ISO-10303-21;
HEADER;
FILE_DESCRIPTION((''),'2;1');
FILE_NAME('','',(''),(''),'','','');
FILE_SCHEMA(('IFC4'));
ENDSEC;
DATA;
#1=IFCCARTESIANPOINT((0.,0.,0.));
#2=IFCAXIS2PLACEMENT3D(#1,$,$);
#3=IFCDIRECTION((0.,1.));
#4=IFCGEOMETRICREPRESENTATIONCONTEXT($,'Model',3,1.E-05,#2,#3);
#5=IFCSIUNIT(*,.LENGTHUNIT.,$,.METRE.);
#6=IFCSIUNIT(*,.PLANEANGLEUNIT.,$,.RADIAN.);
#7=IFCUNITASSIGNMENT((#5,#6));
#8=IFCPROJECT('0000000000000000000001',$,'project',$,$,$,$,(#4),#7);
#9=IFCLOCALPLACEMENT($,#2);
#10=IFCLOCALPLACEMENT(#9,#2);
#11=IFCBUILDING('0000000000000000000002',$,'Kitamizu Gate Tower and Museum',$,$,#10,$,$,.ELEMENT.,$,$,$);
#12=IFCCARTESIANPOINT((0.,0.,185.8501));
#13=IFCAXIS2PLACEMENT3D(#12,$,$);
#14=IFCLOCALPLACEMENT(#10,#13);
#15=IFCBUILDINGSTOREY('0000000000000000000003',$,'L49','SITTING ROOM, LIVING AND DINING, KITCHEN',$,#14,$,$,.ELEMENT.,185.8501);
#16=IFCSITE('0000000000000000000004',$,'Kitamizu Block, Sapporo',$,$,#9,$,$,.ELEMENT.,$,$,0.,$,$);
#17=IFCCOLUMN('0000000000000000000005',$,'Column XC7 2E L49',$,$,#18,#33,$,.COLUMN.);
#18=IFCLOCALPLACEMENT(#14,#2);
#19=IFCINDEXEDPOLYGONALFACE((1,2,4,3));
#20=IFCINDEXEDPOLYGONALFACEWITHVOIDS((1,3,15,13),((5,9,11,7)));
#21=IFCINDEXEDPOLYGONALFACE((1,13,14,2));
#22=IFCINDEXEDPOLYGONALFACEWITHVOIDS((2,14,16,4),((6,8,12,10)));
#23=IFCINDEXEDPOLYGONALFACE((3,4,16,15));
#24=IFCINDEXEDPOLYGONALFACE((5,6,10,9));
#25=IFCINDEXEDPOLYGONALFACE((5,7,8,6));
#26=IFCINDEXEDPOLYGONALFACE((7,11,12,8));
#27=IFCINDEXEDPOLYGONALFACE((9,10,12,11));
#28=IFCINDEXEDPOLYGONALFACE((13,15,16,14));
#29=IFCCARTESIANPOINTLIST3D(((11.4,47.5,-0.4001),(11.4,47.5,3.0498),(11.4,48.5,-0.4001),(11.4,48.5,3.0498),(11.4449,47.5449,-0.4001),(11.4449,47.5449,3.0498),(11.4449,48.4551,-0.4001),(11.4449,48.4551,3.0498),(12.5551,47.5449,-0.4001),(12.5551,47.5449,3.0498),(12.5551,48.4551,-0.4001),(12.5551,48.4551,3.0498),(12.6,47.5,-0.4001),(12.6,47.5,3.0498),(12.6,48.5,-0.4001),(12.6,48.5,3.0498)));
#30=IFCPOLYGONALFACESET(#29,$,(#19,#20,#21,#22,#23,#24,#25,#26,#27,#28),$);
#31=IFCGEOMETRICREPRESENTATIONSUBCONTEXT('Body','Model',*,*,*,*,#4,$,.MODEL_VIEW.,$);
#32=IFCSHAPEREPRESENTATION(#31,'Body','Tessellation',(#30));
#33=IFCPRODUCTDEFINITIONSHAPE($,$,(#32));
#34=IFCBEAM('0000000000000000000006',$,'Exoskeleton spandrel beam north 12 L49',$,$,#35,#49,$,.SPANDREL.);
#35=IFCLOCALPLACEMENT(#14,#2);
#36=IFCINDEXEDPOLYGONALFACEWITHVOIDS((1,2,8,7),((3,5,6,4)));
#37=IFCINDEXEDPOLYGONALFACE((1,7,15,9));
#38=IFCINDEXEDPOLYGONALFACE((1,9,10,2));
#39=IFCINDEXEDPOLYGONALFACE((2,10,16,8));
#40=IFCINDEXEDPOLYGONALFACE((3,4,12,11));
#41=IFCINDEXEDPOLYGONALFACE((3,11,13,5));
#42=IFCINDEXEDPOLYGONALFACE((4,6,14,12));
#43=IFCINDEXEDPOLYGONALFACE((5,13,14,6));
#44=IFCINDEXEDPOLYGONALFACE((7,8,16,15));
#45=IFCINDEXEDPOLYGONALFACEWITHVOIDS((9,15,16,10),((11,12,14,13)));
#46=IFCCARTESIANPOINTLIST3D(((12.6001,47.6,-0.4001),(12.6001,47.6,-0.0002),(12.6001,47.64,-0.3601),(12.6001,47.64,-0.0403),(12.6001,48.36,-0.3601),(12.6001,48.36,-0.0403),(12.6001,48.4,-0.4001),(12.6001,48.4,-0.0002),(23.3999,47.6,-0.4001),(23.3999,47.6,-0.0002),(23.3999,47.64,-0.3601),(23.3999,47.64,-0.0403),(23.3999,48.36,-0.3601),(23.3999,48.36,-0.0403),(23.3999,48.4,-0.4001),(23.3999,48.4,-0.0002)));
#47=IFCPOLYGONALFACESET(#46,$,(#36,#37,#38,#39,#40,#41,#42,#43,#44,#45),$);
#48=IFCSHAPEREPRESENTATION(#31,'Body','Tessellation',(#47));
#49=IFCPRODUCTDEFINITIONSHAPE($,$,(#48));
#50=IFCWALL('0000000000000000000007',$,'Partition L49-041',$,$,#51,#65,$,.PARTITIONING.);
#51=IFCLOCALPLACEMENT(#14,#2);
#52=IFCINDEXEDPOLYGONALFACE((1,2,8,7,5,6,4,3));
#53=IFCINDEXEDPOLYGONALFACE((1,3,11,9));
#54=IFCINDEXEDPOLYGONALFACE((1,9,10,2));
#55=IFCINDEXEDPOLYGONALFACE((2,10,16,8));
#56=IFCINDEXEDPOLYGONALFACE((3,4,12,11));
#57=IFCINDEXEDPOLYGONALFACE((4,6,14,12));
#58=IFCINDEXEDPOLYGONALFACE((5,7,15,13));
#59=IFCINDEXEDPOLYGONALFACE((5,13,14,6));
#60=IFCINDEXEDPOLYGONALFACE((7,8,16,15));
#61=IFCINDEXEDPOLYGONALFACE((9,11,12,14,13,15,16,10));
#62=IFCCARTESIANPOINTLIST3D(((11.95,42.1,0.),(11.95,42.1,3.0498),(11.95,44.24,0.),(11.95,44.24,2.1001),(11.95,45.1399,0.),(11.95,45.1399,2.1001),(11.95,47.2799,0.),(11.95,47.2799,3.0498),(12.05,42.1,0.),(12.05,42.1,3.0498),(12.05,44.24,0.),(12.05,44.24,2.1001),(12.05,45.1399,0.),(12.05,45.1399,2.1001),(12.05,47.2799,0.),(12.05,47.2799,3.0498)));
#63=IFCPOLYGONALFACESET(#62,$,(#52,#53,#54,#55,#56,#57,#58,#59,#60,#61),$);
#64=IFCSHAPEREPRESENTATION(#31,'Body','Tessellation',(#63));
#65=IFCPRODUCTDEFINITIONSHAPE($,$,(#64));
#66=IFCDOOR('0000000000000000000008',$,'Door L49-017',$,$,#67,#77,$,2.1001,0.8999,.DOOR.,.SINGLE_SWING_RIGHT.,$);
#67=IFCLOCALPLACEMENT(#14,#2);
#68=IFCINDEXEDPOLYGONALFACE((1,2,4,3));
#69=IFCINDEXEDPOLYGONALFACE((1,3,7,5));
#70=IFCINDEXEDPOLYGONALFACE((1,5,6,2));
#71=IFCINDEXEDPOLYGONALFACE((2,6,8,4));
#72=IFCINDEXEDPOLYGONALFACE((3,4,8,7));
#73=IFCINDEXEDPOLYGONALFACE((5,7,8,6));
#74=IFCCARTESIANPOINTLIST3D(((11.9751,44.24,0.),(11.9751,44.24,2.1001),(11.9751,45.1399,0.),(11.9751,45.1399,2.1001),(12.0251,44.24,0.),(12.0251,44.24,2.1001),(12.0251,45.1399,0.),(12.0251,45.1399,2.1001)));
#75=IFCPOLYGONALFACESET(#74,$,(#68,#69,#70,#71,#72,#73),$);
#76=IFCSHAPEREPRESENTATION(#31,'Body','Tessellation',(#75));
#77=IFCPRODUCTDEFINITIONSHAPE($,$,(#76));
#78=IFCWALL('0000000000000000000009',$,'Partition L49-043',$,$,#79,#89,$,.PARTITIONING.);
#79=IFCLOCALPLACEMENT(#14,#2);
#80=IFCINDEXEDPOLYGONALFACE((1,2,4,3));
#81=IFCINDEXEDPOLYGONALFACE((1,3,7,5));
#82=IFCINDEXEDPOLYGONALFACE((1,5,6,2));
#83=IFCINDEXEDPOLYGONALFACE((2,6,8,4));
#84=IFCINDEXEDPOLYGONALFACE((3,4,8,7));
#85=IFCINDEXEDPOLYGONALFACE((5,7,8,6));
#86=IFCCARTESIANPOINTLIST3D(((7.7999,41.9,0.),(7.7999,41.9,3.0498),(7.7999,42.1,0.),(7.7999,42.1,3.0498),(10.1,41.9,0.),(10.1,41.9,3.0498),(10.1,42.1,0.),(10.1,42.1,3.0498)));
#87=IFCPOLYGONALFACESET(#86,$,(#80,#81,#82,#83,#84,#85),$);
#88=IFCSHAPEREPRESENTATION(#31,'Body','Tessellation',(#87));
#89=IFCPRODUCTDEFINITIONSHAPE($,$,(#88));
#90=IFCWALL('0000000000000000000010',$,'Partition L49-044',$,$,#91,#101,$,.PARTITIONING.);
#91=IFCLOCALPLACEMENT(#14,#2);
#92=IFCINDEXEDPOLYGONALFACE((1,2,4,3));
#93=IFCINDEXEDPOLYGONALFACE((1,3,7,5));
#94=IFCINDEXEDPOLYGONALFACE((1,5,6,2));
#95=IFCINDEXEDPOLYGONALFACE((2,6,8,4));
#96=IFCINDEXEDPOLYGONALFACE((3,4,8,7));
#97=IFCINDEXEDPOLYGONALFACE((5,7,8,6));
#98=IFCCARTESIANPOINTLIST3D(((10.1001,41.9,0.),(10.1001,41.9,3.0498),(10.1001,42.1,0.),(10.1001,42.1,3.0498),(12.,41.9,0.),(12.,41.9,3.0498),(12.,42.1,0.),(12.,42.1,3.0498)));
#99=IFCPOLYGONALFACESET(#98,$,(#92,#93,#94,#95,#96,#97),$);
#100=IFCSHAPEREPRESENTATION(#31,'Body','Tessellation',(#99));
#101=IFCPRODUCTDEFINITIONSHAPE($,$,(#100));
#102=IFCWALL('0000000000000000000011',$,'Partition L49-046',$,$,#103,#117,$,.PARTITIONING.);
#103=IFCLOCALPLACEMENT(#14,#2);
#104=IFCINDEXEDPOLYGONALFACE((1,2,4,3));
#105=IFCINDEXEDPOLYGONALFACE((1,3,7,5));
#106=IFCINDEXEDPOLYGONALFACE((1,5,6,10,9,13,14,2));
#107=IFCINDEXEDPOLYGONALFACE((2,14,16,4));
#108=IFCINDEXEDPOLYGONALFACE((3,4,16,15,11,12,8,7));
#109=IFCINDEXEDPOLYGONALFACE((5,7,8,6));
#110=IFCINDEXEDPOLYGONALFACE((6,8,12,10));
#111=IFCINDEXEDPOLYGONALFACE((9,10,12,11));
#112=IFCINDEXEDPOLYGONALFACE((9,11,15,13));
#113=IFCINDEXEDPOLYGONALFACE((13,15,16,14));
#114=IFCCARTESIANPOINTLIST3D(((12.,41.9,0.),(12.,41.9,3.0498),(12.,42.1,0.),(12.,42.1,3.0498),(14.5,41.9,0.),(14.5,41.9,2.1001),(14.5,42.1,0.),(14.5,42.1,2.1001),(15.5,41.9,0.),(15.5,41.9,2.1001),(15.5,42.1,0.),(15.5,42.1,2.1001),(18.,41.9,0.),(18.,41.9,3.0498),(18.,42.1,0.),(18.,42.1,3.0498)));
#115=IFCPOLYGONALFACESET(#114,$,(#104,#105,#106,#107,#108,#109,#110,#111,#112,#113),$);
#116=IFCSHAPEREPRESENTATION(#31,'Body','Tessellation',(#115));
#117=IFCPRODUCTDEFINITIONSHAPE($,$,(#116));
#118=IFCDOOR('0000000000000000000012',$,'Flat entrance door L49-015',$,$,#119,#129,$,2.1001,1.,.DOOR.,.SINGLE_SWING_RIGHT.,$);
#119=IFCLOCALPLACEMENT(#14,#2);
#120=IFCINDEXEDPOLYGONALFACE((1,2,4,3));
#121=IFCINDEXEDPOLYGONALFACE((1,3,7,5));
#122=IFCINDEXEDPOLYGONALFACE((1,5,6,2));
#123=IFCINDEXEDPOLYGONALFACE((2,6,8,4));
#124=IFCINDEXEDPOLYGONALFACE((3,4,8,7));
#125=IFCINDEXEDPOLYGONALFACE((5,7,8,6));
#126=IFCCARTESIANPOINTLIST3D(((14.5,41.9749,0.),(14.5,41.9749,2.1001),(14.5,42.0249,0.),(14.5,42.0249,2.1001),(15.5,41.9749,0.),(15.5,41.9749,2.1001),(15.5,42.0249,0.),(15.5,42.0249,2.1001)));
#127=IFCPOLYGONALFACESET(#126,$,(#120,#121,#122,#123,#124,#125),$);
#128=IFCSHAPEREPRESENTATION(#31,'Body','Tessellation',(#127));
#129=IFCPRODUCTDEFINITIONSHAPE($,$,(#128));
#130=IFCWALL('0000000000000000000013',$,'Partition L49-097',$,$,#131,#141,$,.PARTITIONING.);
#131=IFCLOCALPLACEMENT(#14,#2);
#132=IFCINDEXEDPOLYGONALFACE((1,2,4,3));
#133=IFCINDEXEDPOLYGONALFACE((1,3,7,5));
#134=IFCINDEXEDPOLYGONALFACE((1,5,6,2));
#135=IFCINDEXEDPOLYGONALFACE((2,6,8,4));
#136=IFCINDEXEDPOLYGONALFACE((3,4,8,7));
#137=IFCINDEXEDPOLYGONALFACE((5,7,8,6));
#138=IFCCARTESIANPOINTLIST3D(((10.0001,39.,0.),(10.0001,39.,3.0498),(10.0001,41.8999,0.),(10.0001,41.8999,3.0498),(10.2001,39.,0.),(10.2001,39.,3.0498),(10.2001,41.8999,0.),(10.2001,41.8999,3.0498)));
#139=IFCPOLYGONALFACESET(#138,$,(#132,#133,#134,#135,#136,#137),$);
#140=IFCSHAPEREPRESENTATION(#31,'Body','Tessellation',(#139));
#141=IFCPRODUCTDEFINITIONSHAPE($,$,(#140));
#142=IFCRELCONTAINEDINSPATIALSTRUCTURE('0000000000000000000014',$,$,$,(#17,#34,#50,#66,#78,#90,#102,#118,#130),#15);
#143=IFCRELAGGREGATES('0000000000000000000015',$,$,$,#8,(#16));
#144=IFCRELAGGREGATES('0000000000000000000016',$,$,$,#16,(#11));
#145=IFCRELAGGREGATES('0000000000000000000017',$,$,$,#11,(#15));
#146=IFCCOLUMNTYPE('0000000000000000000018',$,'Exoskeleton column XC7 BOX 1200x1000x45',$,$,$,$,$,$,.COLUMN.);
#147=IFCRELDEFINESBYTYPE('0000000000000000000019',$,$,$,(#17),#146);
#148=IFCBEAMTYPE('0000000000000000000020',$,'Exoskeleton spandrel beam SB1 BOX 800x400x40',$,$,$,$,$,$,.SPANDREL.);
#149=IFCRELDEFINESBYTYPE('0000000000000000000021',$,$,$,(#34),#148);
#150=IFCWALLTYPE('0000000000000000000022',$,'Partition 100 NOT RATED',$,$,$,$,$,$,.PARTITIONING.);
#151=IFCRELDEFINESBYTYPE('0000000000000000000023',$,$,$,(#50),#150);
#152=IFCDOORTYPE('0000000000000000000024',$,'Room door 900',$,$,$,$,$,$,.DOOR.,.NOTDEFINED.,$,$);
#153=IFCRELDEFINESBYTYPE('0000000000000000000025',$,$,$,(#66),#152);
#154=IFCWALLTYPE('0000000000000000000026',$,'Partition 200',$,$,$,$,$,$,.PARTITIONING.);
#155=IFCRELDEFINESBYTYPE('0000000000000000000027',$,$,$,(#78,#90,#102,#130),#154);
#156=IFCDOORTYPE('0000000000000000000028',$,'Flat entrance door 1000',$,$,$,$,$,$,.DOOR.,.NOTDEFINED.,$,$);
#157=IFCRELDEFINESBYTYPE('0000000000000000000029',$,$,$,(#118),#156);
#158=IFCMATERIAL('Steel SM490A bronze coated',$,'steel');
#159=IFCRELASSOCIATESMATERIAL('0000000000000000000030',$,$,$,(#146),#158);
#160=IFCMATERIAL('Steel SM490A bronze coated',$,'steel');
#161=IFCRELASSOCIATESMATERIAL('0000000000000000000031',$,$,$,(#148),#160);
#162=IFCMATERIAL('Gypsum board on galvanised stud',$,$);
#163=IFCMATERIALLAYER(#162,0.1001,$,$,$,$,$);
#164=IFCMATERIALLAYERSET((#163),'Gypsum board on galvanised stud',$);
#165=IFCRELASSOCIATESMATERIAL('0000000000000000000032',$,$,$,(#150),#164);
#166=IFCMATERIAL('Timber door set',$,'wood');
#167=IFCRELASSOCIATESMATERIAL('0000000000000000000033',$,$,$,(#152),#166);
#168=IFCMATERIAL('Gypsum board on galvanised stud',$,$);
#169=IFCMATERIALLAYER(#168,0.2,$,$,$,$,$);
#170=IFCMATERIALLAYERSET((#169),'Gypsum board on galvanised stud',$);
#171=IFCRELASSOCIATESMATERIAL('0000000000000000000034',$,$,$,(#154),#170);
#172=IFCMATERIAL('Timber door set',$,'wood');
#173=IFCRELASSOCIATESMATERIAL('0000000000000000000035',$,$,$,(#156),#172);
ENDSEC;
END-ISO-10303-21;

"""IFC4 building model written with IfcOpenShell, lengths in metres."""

from ifc_helpers import new_model, si_unit, direction, frame, frame_2d, origin, origin_2d, place, context, subcontext, project, spatial, rectangle, hollow_rectangle, extrude, material, layer, layer_set, material_profile, profile_set, type_object, element, fill, save


model = new_model("IFC4")

# Units and contexts
model_context = context("Model", 3, precision=1e-05, world=origin(), true_north=direction((0.0, 1.0)))
body_context = subcontext(model_context, "Body", "Model", "MODEL_VIEW")
ifc_project = project(units=[si_unit("LENGTHUNIT", "METRE"), si_unit("PLANEANGLEUNIT", "RADIAN")], contexts=[model_context])

# Site, building, storey
site_placement = place(None, origin())
site = spatial("IfcSite", under=ifc_project, at=site_placement, Name="Kitamizu Block, Sapporo", CompositionType="ELEMENT", RefElevation=0.0)
building_placement = place(site_placement, origin())
building = spatial("IfcBuilding", under=site, at=building_placement, Name="Kitamizu Gate Tower and Museum", CompositionType="ELEMENT")
storey_placement = place(building_placement, frame((0.0, 0.0, 185.8501)))
storey = spatial("IfcBuildingStorey", under=building, at=storey_placement, Name="L49", Description="SITTING ROOM, LIVING AND DINING, KITCHEN", CompositionType="ELEMENT", Elevation=185.8501)

# Column
ifc_material_1 = material(Name="Steel SM490A bronze coated", Category="steel")
ifc_material_profile_1 = material_profile(ifc_material_1, hollow_rectangle(XDim=1.2, YDim=1.0, WallThickness=0.0449, at=origin_2d()), Name="BOX 1200x1000x45")
ifc_profile_set_1 = profile_set([ifc_material_profile_1], Name="Steel SM490A bronze coated")
column_type = type_object("IfcColumnType", Name="Exoskeleton column XC7 BOX 1200x1000x45", PredefinedType="COLUMN", material=ifc_profile_set_1)
column_placement = place(storey_placement, frame((12.0, 48.0, -0.4001), z_axis=(0.0, 0.0, 1.0), x_axis=(1.0, 0.0, 0.0)))
element("IfcColumn", 1, at=column_placement, inside=storey, type_object=column_type, Name="Column XC7 2E L49", PredefinedType="COLUMN", context=body_context, shape_type="SweptSolid", body=[
    extrude(hollow_rectangle(XDim=1.2, YDim=1.0, WallThickness=0.0449, at=origin_2d()), origin(), (0.0, 0.0, 1.0), 3.45),
])

# Beam
ifc_material_2 = material(Name="Steel SM490A bronze coated", Category="steel")
ifc_material_profile_2 = material_profile(ifc_material_2, hollow_rectangle(XDim=0.8, YDim=0.3999, WallThickness=0.04, at=origin_2d()), Name="BOX 800x400x40")
ifc_profile_set_2 = profile_set([ifc_material_profile_2], Name="Steel SM490A bronze coated")
beam_type = type_object("IfcBeamType", Name="Exoskeleton spandrel beam SB1 BOX 800x400x40", PredefinedType="SPANDREL", material=ifc_profile_set_2)
beam_placement = place(storey_placement, frame((12.6001, 48.0, -0.2002), z_axis=(1.0, 0.0, 0.0), x_axis=(0.0, 1.0, 0.0)))
element("IfcBeam", 2, at=beam_placement, inside=storey, type_object=beam_type, Name="Exoskeleton spandrel beam north 12 L49", PredefinedType="SPANDREL", context=body_context, shape_type="SweptSolid", body=[
    extrude(hollow_rectangle(XDim=0.8, YDim=0.3999, WallThickness=0.04, at=origin_2d()), origin(), (0.0, 0.0, 1.0), 10.7998),
])

# Wall, opening, door
ifc_material_3 = material(Name="Gypsum board on galvanised stud")
ifc_layer_1 = layer(ifc_material_3, 0.1001)
ifc_layer_set_1 = layer_set([ifc_layer_1], Name="Gypsum board on galvanised stud")
wall_type_1 = type_object("IfcWallType", Name="Partition 100 NOT RATED", PredefinedType="PARTITIONING", material=ifc_layer_set_1)
wall_1_placement = place(storey_placement, frame((12.0, 42.1001, 0.0), z_axis=(0.0, 0.0, 1.0), x_axis=(0.0, 1.0, 0.0)))
wall_1 = element("IfcWall", 3, at=wall_1_placement, inside=storey, type_object=wall_type_1, Name="Partition L49-041", PredefinedType="PARTITIONING", context=body_context, shape_type="SweptSolid", body=[
    extrude(rectangle(XDim=5.1799, YDim=0.1001, at=frame_2d((2.5898, 0.0))), origin(), (0.0, 0.0, 1.0), 3.0498),
])
opening_1_placement = place(wall_1_placement, frame((2.1399, 0.0, 0.0)))
opening_1 = element("IfcOpeningElement", 4, at=opening_1_placement, cuts=wall_1, PredefinedType="OPENING", context=body_context, shape_type="SweptSolid", body=[
    extrude(rectangle(XDim=0.8999, YDim=2.1001, at=frame_2d((0.45, 1.05))), frame((0.0, 0.0601, 0.0), z_axis=(0.0, -1.0, 0.0), x_axis=(1.0, 0.0, 0.0)), (0.0, 0.0, 1.0), 0.1201),
])
ifc_material_4 = material(Name="Timber door set", Category="wood")
door_type_1 = type_object("IfcDoorType", Name="Room door 900", OperationType="NOTDEFINED", PredefinedType="DOOR", material=ifc_material_4)
door_1_placement = place(opening_1_placement, origin())
door_1 = element("IfcDoor", 5, at=door_1_placement, inside=storey, type_object=door_type_1, Name="Door L49-017", OperationType="SINGLE_SWING_RIGHT", OverallHeight=2.1001, OverallWidth=0.8999, PredefinedType="DOOR", context=body_context, shape_type="SweptSolid", body=[
    extrude(rectangle(XDim=0.8999, YDim=2.1001, at=frame_2d((0.45, 1.05))), frame((0.0, 0.0249, 0.0), z_axis=(0.0, -1.0, 0.0), x_axis=(1.0, 0.0, 0.0)), (0.0, 0.0, 1.0), 0.05),
])
fill(opening_1, door_1)

# Walls
ifc_material_5 = material(Name="Gypsum board on galvanised stud")
ifc_layer_2 = layer(ifc_material_5, 0.2)
ifc_layer_set_2 = layer_set([ifc_layer_2], Name="Gypsum board on galvanised stud")
wall_type_2 = type_object("IfcWallType", Name="Partition 200", PredefinedType="PARTITIONING", material=ifc_layer_set_2)
wall_2_placement = place(storey_placement, frame((7.8, 42.0, 0.0), z_axis=(0.0, 0.0, 1.0), x_axis=(1.0, 0.0, 0.0)))
element("IfcWall", 6, at=wall_2_placement, inside=storey, type_object=wall_type_2, Name="Partition L49-043", PredefinedType="PARTITIONING", context=body_context, shape_type="SweptSolid", body=[
    extrude(rectangle(XDim=2.3, YDim=0.2, at=frame_2d((1.1499, 0.0))), origin(), (0.0, 0.0, 1.0), 3.0498),
])
wall_3_placement = place(storey_placement, frame((10.1001, 42.0, 0.0), z_axis=(0.0, 0.0, 1.0), x_axis=(1.0, 0.0, 0.0)))
element("IfcWall", 7, at=wall_3_placement, inside=storey, type_object=wall_type_2, Name="Partition L49-044", PredefinedType="PARTITIONING", context=body_context, shape_type="SweptSolid", body=[
    extrude(rectangle(XDim=1.8999, YDim=0.2, at=frame_2d((0.95, 0.0))), origin(), (0.0, 0.0, 1.0), 3.0498),
])

# Wall, opening, door
wall_4_placement = place(storey_placement, frame((12.0, 42.0, 0.0), z_axis=(0.0, 0.0, 1.0), x_axis=(1.0, 0.0, 0.0)))
wall_4 = element("IfcWall", 8, at=wall_4_placement, inside=storey, type_object=wall_type_2, Name="Partition L49-046", PredefinedType="PARTITIONING", context=body_context, shape_type="SweptSolid", body=[
    extrude(rectangle(XDim=6.0, YDim=0.2, at=frame_2d((3.0, 0.0))), origin(), (0.0, 0.0, 1.0), 3.0498),
])
opening_2_placement = place(wall_4_placement, frame((2.5, 0.0, 0.0)))
opening_2 = element("IfcOpeningElement", 9, at=opening_2_placement, cuts=wall_4, PredefinedType="OPENING", context=body_context, shape_type="SweptSolid", body=[
    extrude(rectangle(XDim=1.0, YDim=2.1001, at=frame_2d((0.5, 1.05))), frame((0.0, 0.1099, 0.0), z_axis=(0.0, -1.0, 0.0), x_axis=(1.0, 0.0, 0.0)), (0.0, 0.0, 1.0), 0.22),
])
ifc_material_6 = material(Name="Timber door set", Category="wood")
door_type_2 = type_object("IfcDoorType", Name="Flat entrance door 1000", OperationType="NOTDEFINED", PredefinedType="DOOR", material=ifc_material_6)
door_2_placement = place(opening_2_placement, origin())
door_2 = element("IfcDoor", 10, at=door_2_placement, inside=storey, type_object=door_type_2, Name="Flat entrance door L49-015", OperationType="SINGLE_SWING_RIGHT", OverallHeight=2.1001, OverallWidth=1.0, PredefinedType="DOOR", context=body_context, shape_type="SweptSolid", body=[
    extrude(rectangle(XDim=1.0, YDim=2.1001, at=frame_2d((0.5, 1.05))), frame((0.0, 0.0249, 0.0), z_axis=(0.0, -1.0, 0.0), x_axis=(1.0, 0.0, 0.0)), (0.0, 0.0, 1.0), 0.05),
])
fill(opening_2, door_2)

# Wall
wall_5_placement = place(storey_placement, frame((10.1001, 39.0, 0.0), z_axis=(0.0, 0.0, 1.0), x_axis=(0.0, 1.0, 0.0)))
element("IfcWall", 11, at=wall_5_placement, inside=storey, type_object=wall_type_2, Name="Partition L49-097", PredefinedType="PARTITIONING", context=body_context, shape_type="SweptSolid", body=[
    extrude(rectangle(XDim=2.8999, YDim=0.2, at=frame_2d((1.45, 0.0))), origin(), (0.0, 0.0, 1.0), 3.0498),
])

save(model, "model.ifc")
